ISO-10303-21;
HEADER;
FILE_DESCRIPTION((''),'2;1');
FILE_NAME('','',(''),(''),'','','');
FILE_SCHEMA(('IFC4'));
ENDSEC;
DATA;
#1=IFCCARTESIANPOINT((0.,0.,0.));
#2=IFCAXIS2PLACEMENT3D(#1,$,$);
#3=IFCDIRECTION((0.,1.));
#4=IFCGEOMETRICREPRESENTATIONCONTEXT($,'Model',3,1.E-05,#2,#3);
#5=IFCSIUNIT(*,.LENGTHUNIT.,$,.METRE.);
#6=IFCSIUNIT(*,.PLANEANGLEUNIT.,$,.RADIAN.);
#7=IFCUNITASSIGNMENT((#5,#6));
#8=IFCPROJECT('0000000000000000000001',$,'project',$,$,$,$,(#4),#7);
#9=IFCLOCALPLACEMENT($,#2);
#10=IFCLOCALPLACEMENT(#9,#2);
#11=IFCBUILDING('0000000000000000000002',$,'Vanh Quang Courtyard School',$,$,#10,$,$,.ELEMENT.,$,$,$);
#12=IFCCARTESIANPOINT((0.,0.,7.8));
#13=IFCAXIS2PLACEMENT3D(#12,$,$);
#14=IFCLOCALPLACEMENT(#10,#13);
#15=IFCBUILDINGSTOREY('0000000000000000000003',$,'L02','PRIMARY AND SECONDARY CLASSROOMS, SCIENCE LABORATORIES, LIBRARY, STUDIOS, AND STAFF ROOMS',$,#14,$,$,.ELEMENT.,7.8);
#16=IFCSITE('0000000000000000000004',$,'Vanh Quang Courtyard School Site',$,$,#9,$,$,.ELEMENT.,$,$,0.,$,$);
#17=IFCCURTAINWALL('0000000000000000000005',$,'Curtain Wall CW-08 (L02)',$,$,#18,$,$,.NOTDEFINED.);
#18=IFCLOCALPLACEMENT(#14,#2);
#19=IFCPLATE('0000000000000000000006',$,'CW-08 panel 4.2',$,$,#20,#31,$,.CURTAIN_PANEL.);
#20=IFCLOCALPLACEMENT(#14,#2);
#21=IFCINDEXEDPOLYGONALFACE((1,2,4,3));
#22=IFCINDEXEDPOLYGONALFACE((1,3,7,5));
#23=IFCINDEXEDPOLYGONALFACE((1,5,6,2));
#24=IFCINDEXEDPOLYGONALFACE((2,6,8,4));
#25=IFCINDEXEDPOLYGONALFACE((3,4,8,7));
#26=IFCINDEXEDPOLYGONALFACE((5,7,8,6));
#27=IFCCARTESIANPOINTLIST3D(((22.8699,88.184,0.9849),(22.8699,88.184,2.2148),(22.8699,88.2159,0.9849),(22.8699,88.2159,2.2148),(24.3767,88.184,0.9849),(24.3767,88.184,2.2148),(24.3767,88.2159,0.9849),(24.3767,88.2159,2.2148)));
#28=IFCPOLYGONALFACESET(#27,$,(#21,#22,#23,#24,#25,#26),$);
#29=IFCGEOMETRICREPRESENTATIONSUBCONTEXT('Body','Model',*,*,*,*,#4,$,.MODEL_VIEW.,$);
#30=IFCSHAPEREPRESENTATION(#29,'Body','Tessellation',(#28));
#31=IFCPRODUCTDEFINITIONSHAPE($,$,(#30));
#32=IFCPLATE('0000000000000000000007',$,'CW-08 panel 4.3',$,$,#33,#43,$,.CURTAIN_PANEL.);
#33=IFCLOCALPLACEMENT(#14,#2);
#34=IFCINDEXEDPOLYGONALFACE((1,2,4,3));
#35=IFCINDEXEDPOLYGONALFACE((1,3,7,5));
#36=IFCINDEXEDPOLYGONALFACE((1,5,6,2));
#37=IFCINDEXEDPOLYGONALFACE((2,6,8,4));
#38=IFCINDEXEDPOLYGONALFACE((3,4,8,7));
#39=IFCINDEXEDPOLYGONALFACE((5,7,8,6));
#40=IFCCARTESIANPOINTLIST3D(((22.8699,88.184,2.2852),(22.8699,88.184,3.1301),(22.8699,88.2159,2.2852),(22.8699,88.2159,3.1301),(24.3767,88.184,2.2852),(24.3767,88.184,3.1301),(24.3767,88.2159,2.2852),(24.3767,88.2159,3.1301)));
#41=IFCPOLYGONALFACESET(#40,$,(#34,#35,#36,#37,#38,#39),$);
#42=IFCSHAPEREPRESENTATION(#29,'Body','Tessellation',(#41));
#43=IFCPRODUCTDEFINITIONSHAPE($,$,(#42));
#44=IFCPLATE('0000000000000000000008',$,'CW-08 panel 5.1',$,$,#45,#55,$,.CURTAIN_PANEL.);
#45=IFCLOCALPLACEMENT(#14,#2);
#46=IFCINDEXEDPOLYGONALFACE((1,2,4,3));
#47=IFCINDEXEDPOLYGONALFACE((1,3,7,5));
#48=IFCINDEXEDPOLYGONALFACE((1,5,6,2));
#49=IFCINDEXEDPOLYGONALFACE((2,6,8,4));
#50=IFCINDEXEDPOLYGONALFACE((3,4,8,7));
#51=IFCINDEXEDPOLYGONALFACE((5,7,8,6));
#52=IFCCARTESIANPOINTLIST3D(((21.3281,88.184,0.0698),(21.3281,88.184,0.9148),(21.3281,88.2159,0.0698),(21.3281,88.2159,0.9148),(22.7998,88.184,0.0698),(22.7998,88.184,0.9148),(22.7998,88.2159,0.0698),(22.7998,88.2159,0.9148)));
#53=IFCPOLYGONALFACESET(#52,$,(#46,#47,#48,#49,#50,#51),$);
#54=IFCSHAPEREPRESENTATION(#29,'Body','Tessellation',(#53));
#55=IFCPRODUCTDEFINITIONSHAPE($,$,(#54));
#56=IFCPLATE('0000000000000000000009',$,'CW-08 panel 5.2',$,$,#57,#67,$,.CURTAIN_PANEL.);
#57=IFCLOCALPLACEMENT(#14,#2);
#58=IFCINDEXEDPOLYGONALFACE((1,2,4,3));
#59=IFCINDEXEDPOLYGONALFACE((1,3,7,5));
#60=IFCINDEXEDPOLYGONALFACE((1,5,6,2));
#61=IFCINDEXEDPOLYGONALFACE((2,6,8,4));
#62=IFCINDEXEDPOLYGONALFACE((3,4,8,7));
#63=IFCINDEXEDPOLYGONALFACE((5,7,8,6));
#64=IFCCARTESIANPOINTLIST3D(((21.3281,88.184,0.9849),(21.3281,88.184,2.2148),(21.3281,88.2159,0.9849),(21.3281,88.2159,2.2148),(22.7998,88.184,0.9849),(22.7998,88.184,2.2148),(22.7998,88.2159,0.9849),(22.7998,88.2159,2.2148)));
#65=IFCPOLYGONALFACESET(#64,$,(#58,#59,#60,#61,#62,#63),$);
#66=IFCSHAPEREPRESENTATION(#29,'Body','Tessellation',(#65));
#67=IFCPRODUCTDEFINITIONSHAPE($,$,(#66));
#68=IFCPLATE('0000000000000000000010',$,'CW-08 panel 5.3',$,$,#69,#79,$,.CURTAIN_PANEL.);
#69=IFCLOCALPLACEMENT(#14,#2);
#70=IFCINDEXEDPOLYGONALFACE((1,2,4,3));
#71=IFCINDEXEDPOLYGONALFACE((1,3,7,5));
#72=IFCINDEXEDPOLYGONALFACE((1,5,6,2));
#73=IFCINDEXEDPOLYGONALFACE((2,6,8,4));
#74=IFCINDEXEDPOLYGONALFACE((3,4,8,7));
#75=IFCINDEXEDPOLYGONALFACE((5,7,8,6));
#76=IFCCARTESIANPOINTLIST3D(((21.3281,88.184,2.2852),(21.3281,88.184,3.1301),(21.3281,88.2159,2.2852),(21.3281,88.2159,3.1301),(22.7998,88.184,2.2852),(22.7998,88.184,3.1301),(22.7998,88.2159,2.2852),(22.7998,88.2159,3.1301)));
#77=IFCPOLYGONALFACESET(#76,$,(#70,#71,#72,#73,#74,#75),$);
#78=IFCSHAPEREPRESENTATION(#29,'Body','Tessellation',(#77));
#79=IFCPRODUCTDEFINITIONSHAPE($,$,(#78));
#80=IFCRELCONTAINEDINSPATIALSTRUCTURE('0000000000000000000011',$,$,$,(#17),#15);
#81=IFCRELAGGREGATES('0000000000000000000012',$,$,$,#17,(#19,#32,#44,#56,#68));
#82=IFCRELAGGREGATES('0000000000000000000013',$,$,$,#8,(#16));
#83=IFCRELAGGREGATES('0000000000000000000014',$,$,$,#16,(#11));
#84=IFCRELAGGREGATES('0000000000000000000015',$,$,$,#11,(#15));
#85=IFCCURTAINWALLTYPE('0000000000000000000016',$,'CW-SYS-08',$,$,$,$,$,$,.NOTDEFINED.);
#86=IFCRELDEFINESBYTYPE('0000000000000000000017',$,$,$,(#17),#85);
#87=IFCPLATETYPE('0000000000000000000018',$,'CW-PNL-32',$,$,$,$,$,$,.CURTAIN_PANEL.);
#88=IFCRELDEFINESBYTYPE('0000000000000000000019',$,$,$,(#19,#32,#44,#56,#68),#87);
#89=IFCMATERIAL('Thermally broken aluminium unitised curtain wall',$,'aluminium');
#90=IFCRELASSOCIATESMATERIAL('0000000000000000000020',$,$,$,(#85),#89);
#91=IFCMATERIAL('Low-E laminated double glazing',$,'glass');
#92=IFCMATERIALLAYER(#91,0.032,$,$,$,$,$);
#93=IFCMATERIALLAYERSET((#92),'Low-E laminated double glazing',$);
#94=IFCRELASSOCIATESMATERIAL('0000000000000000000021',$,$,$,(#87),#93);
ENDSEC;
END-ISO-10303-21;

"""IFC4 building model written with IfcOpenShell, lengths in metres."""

from ifc_helpers import new_model, si_unit, direction, frame, origin, origin_2d, place, context, subcontext, project, spatial, rectangle, extrude, material, layer, layer_set, type_object, element, aggregate, save


model = new_model("IFC4")

# Units and contexts
model_context = context("Model", 3, precision=1e-05, world=origin(), true_north=direction((0.0, 1.0)))
body_context = subcontext(model_context, "Body", "Model", "MODEL_VIEW")
ifc_project = project(units=[si_unit("LENGTHUNIT", "METRE"), si_unit("PLANEANGLEUNIT", "RADIAN")], contexts=[model_context])

# Site, building, storey
site_placement = place(None, origin())
site = spatial("IfcSite", under=ifc_project, at=site_placement, Name="Vanh Quang Courtyard School Site", CompositionType="ELEMENT", RefElevation=0.0)
building_placement = place(site_placement, origin())
building = spatial("IfcBuilding", under=site, at=building_placement, Name="Vanh Quang Courtyard School", CompositionType="ELEMENT")
storey_placement = place(building_placement, frame((0.0, 0.0, 7.8)))
storey = spatial("IfcBuildingStorey", under=building, at=storey_placement, Name="L02", Description="PRIMARY AND SECONDARY CLASSROOMS, SCIENCE LABORATORIES, LIBRARY, STUDIOS, AND STAFF ROOMS", CompositionType="ELEMENT", Elevation=7.8)

# Curtain wall
ifc_material_1 = material(Name="Thermally broken aluminium unitised curtain wall", Category="aluminium")
curtain_wall_type = type_object("IfcCurtainWallType", Name="CW-SYS-08", PredefinedType="NOTDEFINED", material=ifc_material_1)
curtain_wall_placement = place(storey_placement, origin())
curtain_wall = element("IfcCurtainWall", 1, at=curtain_wall_placement, inside=storey, type_object=curtain_wall_type, Name="Curtain Wall CW-08 (L02)", PredefinedType="NOTDEFINED")

# Plates
ifc_material_2 = material(Name="Low-E laminated double glazing", Category="glass")
ifc_layer = layer(ifc_material_2, 0.032)
ifc_layer_set = layer_set([ifc_layer], Name="Low-E laminated double glazing")
plate_type = type_object("IfcPlateType", Name="CW-PNL-32", PredefinedType="CURTAIN_PANEL", material=ifc_layer_set)
plate_1_placement = place(storey_placement, frame((23.6233, 88.2, 0.9849), z_axis=(0.0, 0.0, 1.0), x_axis=(-1.0, 0.0, 0.0)))
plate_1 = element("IfcPlate", 2, at=plate_1_placement, type_object=plate_type, Name="CW-08 panel 4.2", PredefinedType="CURTAIN_PANEL", context=body_context, shape_type="SweptSolid", body=[
    extrude(rectangle(XDim=1.5068, YDim=0.032, at=origin_2d()), origin(), (0.0, 0.0, 1.0), 1.23),
])
plate_2_placement = place(storey_placement, frame((23.6233, 88.2, 2.2852), z_axis=(0.0, 0.0, 1.0), x_axis=(-1.0, 0.0, 0.0)))
plate_2 = element("IfcPlate", 3, at=plate_2_placement, type_object=plate_type, Name="CW-08 panel 4.3", PredefinedType="CURTAIN_PANEL", context=body_context, shape_type="SweptSolid", body=[
    extrude(rectangle(XDim=1.5068, YDim=0.032, at=origin_2d()), origin(), (0.0, 0.0, 1.0), 0.845),
])
plate_3_placement = place(storey_placement, frame((22.064, 88.2, 0.0698), z_axis=(0.0, 0.0, 1.0), x_axis=(-1.0, 0.0, 0.0)))
plate_3 = element("IfcPlate", 4, at=plate_3_placement, type_object=plate_type, Name="CW-08 panel 5.1", PredefinedType="CURTAIN_PANEL", context=body_context, shape_type="SweptSolid", body=[
    extrude(rectangle(XDim=1.4717, YDim=0.032, at=origin_2d()), origin(), (0.0, 0.0, 1.0), 0.845),
])
plate_4_placement = place(storey_placement, frame((22.064, 88.2, 0.9849), z_axis=(0.0, 0.0, 1.0), x_axis=(-1.0, 0.0, 0.0)))
plate_4 = element("IfcPlate", 5, at=plate_4_placement, type_object=plate_type, Name="CW-08 panel 5.2", PredefinedType="CURTAIN_PANEL", context=body_context, shape_type="SweptSolid", body=[
    extrude(rectangle(XDim=1.4717, YDim=0.032, at=origin_2d()), origin(), (0.0, 0.0, 1.0), 1.23),
])
plate_5_placement = place(storey_placement, frame((22.064, 88.2, 2.2852), z_axis=(0.0, 0.0, 1.0), x_axis=(-1.0, 0.0, 0.0)))
plate_5 = element("IfcPlate", 6, at=plate_5_placement, type_object=plate_type, Name="CW-08 panel 5.3", PredefinedType="CURTAIN_PANEL", context=body_context, shape_type="SweptSolid", body=[
    extrude(rectangle(XDim=1.4717, YDim=0.032, at=origin_2d()), origin(), (0.0, 0.0, 1.0), 0.845),
])
aggregate(curtain_wall, [plate_1, plate_2, plate_3, plate_4, plate_5])

save(model, "model.ifc")
